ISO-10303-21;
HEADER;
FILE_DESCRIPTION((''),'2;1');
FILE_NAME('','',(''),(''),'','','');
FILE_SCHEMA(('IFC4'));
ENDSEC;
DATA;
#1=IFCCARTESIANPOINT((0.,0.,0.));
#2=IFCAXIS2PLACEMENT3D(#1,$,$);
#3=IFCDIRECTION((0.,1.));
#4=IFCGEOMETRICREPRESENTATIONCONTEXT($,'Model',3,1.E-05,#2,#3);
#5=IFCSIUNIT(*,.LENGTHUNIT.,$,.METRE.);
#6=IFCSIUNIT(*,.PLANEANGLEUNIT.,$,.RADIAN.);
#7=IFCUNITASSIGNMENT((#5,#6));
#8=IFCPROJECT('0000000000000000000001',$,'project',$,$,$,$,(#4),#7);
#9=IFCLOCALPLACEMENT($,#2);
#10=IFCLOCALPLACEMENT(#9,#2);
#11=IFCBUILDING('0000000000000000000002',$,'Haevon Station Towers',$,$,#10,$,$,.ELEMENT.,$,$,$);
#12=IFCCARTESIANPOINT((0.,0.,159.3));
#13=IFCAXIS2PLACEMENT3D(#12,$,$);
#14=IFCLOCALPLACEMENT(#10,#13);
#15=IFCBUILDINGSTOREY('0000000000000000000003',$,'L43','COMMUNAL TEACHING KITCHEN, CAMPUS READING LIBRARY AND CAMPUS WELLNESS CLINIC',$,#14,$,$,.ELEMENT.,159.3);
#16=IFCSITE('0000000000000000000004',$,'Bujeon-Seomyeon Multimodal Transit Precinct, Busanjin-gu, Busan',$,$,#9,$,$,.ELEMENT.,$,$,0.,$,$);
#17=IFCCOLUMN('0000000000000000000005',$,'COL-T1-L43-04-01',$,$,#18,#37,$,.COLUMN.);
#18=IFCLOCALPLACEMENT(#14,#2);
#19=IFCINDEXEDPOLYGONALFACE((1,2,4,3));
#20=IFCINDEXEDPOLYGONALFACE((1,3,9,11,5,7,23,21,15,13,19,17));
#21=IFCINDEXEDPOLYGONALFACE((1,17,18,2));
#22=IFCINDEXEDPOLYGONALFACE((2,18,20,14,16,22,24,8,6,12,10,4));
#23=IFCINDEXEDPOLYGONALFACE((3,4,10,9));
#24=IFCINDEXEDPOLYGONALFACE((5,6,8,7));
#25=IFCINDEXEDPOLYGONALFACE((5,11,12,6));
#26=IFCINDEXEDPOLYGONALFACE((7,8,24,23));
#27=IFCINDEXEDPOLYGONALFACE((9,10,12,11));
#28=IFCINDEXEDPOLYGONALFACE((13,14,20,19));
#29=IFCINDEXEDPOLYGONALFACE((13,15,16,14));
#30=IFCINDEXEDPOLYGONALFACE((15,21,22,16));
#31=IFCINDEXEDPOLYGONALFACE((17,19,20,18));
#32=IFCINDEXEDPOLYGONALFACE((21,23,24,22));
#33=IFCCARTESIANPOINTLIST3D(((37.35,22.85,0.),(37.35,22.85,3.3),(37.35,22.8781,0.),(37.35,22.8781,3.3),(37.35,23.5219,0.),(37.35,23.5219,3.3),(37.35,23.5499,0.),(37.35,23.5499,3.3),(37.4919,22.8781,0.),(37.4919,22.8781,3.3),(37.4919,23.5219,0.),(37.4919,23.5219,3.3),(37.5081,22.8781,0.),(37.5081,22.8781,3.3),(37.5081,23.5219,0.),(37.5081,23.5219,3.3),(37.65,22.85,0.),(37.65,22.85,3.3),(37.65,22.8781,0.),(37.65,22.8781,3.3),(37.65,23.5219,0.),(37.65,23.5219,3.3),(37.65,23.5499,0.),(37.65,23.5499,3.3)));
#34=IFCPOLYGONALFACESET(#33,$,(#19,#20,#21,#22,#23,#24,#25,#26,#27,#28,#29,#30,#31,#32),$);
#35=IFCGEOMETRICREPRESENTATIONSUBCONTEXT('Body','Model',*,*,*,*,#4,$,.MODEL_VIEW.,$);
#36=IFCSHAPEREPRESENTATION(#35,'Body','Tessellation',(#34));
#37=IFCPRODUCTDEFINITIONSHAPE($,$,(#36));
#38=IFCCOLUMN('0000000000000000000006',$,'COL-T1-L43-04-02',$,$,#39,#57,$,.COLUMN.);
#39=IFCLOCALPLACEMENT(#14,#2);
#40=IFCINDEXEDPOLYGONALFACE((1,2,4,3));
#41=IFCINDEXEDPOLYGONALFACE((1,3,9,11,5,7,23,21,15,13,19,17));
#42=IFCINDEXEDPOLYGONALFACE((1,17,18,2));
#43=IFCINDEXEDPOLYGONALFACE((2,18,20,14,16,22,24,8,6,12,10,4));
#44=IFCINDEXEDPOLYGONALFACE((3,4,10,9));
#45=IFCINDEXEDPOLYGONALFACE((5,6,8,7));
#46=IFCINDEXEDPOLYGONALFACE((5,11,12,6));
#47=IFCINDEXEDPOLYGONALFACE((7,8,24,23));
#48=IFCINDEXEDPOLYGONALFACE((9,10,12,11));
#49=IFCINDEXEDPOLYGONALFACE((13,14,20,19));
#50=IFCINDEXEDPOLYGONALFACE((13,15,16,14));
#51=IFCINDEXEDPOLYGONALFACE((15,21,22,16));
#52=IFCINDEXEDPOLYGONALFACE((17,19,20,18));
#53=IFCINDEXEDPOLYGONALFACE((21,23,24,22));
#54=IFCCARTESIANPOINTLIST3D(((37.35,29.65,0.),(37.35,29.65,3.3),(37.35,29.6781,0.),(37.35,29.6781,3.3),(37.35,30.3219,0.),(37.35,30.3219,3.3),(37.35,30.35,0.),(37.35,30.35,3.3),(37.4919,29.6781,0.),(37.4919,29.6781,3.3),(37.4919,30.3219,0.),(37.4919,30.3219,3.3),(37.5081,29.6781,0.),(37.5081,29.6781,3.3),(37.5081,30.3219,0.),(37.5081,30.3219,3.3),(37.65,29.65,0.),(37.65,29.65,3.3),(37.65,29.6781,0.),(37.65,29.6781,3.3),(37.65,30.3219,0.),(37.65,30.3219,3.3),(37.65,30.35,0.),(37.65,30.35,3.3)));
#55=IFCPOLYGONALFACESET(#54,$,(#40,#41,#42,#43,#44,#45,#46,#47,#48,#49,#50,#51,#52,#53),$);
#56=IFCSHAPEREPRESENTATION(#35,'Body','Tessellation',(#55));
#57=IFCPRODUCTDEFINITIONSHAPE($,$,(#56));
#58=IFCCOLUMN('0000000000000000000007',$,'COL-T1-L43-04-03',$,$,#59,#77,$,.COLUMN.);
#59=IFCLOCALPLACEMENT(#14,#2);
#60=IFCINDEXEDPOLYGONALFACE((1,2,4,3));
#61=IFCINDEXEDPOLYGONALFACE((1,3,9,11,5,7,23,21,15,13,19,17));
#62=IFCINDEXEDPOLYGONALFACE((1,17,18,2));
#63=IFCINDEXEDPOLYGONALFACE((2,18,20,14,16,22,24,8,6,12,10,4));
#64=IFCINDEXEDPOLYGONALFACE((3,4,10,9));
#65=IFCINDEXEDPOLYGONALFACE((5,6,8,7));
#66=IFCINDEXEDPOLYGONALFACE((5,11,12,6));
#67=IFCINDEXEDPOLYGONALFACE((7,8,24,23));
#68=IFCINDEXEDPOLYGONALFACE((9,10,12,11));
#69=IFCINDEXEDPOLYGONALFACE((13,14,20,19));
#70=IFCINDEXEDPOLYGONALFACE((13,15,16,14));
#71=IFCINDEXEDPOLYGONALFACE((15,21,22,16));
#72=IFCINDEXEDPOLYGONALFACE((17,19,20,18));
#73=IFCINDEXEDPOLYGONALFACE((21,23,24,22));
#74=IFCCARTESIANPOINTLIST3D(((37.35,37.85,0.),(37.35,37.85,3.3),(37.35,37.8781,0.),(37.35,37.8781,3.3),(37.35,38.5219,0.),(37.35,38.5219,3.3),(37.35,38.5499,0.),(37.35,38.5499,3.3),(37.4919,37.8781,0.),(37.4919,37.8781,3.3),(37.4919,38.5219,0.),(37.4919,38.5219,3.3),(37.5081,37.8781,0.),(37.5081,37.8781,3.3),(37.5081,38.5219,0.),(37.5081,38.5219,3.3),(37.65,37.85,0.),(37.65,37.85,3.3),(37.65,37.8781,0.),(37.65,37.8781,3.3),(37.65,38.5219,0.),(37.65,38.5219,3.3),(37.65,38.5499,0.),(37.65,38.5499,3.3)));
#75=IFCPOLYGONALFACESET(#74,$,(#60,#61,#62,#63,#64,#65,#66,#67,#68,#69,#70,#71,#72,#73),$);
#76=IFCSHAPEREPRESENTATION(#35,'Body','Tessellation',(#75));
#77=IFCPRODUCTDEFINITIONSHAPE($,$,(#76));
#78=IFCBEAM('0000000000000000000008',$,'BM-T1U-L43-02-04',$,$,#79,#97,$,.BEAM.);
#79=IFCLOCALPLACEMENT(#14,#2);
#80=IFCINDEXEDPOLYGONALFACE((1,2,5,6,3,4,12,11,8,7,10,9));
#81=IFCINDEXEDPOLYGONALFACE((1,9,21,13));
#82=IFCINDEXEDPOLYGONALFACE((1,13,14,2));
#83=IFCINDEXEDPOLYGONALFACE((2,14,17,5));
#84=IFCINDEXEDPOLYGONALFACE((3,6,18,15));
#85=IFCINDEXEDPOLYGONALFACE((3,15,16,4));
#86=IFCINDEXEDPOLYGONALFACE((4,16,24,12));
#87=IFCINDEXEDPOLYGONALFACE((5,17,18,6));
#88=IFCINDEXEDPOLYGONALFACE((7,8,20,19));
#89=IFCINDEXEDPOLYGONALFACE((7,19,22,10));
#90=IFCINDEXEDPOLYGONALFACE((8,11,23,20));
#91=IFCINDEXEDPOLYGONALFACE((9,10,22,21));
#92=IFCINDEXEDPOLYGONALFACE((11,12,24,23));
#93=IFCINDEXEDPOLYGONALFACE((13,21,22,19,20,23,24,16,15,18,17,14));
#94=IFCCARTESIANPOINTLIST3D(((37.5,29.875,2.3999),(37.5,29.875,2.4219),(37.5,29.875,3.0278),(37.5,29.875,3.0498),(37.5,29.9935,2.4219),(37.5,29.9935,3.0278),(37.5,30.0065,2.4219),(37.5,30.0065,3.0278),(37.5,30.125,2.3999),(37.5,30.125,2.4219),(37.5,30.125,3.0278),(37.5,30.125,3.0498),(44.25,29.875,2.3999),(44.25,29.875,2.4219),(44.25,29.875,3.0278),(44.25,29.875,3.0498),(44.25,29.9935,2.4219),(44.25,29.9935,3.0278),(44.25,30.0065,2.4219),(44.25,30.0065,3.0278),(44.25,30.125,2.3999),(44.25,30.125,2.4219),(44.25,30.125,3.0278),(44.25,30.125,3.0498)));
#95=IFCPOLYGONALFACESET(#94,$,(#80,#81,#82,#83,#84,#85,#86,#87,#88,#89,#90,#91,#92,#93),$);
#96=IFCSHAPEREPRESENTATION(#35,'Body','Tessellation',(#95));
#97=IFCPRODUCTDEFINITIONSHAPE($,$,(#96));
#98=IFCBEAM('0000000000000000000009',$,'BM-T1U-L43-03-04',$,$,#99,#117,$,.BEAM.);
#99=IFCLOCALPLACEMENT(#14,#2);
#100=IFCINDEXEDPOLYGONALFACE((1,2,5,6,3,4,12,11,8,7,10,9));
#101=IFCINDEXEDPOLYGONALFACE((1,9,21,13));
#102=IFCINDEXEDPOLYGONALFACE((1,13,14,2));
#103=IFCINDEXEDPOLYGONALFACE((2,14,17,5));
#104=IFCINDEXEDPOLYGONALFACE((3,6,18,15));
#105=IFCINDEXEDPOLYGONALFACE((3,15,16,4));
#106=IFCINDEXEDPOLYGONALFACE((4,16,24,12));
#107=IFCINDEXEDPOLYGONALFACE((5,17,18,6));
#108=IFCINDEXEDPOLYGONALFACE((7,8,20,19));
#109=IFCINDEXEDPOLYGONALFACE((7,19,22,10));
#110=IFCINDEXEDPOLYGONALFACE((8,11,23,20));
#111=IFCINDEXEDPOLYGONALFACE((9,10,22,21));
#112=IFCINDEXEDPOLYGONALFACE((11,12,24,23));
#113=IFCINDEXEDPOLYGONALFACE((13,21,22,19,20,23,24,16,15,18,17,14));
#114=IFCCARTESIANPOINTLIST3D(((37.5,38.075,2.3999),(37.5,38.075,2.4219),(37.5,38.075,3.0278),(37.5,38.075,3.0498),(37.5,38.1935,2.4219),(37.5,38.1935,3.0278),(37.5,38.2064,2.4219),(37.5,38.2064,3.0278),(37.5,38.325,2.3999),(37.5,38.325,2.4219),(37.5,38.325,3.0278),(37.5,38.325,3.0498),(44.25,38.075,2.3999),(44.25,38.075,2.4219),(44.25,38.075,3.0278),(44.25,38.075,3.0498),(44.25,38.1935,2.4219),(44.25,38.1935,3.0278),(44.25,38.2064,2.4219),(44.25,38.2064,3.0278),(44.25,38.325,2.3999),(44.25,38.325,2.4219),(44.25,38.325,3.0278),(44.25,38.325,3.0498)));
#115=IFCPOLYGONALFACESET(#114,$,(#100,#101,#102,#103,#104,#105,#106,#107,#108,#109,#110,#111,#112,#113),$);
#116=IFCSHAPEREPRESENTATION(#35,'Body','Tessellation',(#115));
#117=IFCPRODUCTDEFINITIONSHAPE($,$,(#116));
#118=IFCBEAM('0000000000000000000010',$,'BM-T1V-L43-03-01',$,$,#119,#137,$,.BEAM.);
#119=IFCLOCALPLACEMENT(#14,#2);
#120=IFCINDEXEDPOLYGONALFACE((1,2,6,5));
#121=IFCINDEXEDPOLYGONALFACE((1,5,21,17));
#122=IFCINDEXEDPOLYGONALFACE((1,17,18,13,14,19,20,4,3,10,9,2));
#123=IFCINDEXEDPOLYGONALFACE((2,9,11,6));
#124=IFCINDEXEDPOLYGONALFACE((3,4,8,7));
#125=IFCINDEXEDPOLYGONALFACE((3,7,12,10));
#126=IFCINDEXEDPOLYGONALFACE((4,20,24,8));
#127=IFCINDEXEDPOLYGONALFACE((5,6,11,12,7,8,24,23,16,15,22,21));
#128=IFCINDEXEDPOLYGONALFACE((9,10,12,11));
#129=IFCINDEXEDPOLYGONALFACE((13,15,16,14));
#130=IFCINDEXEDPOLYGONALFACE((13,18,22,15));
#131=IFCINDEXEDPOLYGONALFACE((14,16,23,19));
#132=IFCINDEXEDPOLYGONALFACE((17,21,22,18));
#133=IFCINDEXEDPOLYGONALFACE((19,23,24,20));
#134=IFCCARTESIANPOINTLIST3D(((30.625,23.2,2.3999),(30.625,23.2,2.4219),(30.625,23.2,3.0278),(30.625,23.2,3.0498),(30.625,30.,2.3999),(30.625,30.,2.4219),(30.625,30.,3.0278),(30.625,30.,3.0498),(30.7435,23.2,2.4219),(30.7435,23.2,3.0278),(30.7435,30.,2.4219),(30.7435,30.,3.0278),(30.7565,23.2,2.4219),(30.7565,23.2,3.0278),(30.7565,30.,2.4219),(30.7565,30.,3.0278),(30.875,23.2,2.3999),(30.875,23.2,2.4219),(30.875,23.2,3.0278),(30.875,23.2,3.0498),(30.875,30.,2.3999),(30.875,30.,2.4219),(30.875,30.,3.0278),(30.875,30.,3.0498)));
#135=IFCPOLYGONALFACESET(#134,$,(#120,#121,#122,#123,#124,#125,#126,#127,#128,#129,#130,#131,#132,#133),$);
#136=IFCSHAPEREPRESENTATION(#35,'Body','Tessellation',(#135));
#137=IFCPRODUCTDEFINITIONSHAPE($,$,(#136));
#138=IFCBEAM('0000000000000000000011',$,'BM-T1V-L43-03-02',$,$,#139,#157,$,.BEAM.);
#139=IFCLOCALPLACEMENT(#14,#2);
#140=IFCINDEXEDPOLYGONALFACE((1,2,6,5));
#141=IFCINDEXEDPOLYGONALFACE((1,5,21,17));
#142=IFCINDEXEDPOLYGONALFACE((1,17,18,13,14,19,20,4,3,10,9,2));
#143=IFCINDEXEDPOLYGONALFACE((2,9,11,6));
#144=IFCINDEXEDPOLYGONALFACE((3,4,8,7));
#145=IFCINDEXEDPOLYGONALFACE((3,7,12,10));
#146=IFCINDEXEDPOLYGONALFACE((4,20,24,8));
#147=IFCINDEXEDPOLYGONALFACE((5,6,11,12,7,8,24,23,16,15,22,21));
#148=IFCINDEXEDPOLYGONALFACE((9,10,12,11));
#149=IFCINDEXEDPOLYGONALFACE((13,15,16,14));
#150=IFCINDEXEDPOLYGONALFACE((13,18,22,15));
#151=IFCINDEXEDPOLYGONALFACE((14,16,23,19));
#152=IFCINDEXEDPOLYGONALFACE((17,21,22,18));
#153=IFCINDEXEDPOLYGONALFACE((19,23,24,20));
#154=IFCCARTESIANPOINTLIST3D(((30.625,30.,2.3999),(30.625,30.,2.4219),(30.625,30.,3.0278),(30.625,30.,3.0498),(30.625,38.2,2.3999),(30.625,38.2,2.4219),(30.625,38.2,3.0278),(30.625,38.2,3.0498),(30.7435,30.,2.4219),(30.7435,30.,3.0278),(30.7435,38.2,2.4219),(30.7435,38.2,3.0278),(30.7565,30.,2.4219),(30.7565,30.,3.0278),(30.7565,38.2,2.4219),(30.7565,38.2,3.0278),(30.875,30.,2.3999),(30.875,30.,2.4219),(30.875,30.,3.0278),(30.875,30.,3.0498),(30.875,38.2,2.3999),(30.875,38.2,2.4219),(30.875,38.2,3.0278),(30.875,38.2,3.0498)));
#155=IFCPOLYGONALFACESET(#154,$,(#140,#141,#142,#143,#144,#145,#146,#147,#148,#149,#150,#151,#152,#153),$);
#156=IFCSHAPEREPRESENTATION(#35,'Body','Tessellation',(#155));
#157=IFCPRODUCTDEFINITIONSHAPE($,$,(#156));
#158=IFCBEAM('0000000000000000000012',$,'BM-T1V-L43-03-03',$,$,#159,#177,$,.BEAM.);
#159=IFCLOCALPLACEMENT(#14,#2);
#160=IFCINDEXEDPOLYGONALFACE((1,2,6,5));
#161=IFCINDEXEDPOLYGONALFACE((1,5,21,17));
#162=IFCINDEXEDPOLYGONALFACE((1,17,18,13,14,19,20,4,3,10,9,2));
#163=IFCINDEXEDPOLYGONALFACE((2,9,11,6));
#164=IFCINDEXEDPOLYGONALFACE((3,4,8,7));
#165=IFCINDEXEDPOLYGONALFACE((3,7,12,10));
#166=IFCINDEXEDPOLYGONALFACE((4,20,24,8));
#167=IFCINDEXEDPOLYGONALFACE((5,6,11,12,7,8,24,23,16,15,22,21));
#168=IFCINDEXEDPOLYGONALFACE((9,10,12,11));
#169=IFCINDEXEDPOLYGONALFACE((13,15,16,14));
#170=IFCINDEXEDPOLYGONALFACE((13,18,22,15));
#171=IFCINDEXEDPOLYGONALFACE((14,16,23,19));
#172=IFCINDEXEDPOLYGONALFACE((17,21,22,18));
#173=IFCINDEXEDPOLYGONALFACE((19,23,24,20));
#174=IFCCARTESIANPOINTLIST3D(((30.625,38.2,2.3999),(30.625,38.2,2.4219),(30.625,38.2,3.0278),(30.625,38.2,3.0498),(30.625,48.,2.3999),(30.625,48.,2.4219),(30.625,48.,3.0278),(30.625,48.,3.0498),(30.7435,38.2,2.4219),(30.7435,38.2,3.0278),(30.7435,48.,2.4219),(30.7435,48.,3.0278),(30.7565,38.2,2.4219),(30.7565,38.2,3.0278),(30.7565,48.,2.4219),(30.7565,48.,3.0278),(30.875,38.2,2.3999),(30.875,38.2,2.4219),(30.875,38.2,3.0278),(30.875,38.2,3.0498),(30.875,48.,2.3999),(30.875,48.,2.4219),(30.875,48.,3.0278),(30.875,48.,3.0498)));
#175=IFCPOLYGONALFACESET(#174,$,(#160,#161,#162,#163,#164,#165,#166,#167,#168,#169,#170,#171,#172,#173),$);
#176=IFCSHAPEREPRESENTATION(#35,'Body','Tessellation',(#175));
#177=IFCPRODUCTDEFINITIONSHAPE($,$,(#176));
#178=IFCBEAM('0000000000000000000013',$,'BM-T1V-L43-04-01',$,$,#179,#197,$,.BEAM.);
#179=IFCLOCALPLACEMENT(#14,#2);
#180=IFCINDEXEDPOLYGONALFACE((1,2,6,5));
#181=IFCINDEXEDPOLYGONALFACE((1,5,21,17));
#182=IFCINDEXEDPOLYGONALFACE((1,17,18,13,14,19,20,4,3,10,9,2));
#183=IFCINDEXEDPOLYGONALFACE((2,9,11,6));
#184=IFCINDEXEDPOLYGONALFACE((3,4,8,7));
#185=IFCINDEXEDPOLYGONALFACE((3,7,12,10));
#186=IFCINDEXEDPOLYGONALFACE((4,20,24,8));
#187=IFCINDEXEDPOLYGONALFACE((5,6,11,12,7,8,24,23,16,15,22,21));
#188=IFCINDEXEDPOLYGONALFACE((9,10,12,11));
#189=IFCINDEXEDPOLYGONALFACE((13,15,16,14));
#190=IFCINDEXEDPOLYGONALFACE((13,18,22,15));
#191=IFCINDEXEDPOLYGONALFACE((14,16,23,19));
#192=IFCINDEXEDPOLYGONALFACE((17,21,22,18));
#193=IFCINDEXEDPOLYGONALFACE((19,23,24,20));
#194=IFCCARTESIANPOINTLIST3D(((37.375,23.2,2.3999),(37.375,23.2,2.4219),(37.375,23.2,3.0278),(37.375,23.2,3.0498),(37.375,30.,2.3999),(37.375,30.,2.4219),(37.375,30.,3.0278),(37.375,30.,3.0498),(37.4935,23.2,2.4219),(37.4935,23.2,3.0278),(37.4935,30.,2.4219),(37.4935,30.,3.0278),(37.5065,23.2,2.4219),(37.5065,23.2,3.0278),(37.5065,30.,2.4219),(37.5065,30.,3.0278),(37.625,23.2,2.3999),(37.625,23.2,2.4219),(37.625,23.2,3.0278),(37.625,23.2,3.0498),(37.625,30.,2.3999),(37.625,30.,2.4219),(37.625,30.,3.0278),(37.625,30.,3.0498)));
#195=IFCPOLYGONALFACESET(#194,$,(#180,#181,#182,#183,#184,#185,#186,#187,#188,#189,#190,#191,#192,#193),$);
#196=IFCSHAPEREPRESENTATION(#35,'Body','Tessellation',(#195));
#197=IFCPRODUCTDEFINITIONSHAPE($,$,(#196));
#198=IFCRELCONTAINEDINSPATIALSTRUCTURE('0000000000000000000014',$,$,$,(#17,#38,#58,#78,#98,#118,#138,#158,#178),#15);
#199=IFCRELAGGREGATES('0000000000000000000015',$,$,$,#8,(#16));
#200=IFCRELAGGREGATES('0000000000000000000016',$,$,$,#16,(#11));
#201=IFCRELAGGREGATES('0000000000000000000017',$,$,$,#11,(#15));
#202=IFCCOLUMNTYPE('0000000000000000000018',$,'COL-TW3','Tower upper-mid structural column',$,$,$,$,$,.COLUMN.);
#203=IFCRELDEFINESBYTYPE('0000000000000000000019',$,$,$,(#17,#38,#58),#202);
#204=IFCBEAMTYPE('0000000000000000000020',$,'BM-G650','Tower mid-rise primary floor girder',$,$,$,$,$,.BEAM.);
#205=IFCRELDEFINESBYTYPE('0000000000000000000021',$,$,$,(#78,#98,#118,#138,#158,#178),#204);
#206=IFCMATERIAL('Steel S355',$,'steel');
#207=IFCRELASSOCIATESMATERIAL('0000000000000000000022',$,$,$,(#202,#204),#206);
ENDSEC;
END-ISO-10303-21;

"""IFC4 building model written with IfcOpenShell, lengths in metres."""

from ifc_helpers import new_model, si_unit, direction, frame, origin, origin_2d, place, context, subcontext, project, spatial, i_section, extrude, material, material_profile, profile_set, type_object, element, save


model = new_model("IFC4")

# Units and contexts
model_context = context("Model", 3, precision=1e-05, world=origin(), true_north=direction((0.0, 1.0)))
body_context = subcontext(model_context, "Body", "Model", "MODEL_VIEW")
ifc_project = project(units=[si_unit("LENGTHUNIT", "METRE"), si_unit("PLANEANGLEUNIT", "RADIAN")], contexts=[model_context])

# Site, building, storey
site_placement = place(None, origin())
site = spatial("IfcSite", under=ifc_project, at=site_placement, Name="Bujeon-Seomyeon Multimodal Transit Precinct, Busanjin-gu, Busan", CompositionType="ELEMENT", RefElevation=0.0)
building_placement = place(site_placement, origin())
building = spatial("IfcBuilding", under=site, at=building_placement, Name="Haevon Station Towers", CompositionType="ELEMENT")
storey_placement = place(building_placement, frame((0.0, 0.0, 159.3)))
storey = spatial("IfcBuildingStorey", under=building, at=storey_placement, Name="L43", Description="COMMUNAL TEACHING KITCHEN, CAMPUS READING LIBRARY AND CAMPUS WELLNESS CLINIC", CompositionType="ELEMENT", Elevation=159.3)

# Columns
ifc_material_1 = material(Name="Steel S355", Category="steel")
ifc_material_profile_1 = material_profile(ifc_material_1, i_section(OverallWidth=0.3, OverallDepth=0.7, WebThickness=0.0161, FlangeThickness=0.0281, at=origin_2d()), Name="H-700x300x16x28")
ifc_profile_set_1 = profile_set([ifc_material_profile_1], Name="Steel S355")
column_type = type_object("IfcColumnType", Name="COL-TW3", Description="Tower upper-mid structural column", PredefinedType="COLUMN", material=ifc_profile_set_1)
for number, where, z_axis, x_axis, name in (
    (1, (37.5, 23.2, 0.0), (0.0, 0.0, 1.0), (1.0, 0.0, 0.0), "COL-T1-L43-04-01"),
    (2, (37.5, 30.0, 0.0), (0.0, 0.0, 1.0), (1.0, 0.0, 0.0), "COL-T1-L43-04-02"),
    (3, (37.5, 38.2, 0.0), (0.0, 0.0, 1.0), (1.0, 0.0, 0.0), "COL-T1-L43-04-03"),
):
    element("IfcColumn", number, at=place(storey_placement, frame(where, z_axis=z_axis, x_axis=x_axis)), inside=storey, type_object=column_type, Name=name, PredefinedType="COLUMN", context=body_context, shape_type="SweptSolid", body=[
        extrude(i_section(OverallWidth=0.3, OverallDepth=0.7, WebThickness=0.0161, FlangeThickness=0.0281, at=origin_2d()), origin(), (0.0, 0.0, 1.0), 3.3),
    ])

# Beams
ifc_material_profile_2 = material_profile(ifc_material_1, i_section(OverallWidth=0.25, OverallDepth=0.6499, WebThickness=0.0129, FlangeThickness=0.022, at=origin_2d()), Name="H-650x250x13x22")
ifc_profile_set_2 = profile_set([ifc_material_profile_2], Name="Steel S355")
beam_type_1 = type_object("IfcBeamType", Name="BM-G650", Description="Tower mid-rise primary floor girder", PredefinedType="BEAM", material=ifc_profile_set_2)
for number, where, z_axis, x_axis, name in (
    (4, (37.5, 30.0, 2.7249), (1.0, 0.0, 0.0), (0.0, 1.0, 0.0), "BM-T1U-L43-02-04"),
    (5, (37.5, 38.2, 2.7249), (1.0, 0.0, 0.0), (0.0, 1.0, 0.0), "BM-T1U-L43-03-04"),
):
    element("IfcBeam", number, at=place(storey_placement, frame(where, z_axis=z_axis, x_axis=x_axis)), inside=storey, type_object=beam_type_1, Name=name, PredefinedType="BEAM", context=body_context, shape_type="SweptSolid", body=[
        extrude(i_section(OverallWidth=0.25, OverallDepth=0.6499, WebThickness=0.0129, FlangeThickness=0.022, at=origin_2d()), origin(), (0.0, 0.0, 1.0), 6.75),
    ])
beam_1_placement = place(storey_placement, frame((30.75, 23.2, 2.7249), z_axis=(0.0, 1.0, 0.0), x_axis=(-1.0, 0.0, 0.0)))
element("IfcBeam", 6, at=beam_1_placement, inside=storey, type_object=beam_type_1, Name="BM-T1V-L43-03-01", PredefinedType="BEAM", context=body_context, shape_type="SweptSolid", body=[
    extrude(i_section(OverallWidth=0.25, OverallDepth=0.6499, WebThickness=0.0129, FlangeThickness=0.022, at=origin_2d()), origin(), (0.0, 0.0, 1.0), 6.8),
])
beam_2_placement = place(storey_placement, frame((30.75, 30.0, 2.7249), z_axis=(0.0, 1.0, 0.0), x_axis=(-1.0, 0.0, 0.0)))
element("IfcBeam", 7, at=beam_2_placement, inside=storey, type_object=beam_type_1, Name="BM-T1V-L43-03-02", PredefinedType="BEAM", context=body_context, shape_type="SweptSolid", body=[
    extrude(i_section(OverallWidth=0.25, OverallDepth=0.6499, WebThickness=0.0129, FlangeThickness=0.022, at=origin_2d()), origin(), (0.0, 0.0, 1.0), 8.2),
])
beam_3_placement = place(storey_placement, frame((30.75, 38.2, 2.7249), z_axis=(0.0, 1.0, 0.0), x_axis=(-1.0, 0.0, 0.0)))
element("IfcBeam", 8, at=beam_3_placement, inside=storey, type_object=beam_type_1, Name="BM-T1V-L43-03-03", PredefinedType="BEAM", context=body_context, shape_type="SweptSolid", body=[
    extrude(i_section(OverallWidth=0.25, OverallDepth=0.6499, WebThickness=0.0129, FlangeThickness=0.022, at=origin_2d()), origin(), (0.0, 0.0, 1.0), 9.8),
])
beam_4_placement = place(storey_placement, frame((37.5, 23.2, 2.7249), z_axis=(0.0, 1.0, 0.0), x_axis=(-1.0, 0.0, 0.0)))
element("IfcBeam", 9, at=beam_4_placement, inside=storey, type_object=beam_type_1, Name="BM-T1V-L43-04-01", PredefinedType="BEAM", context=body_context, shape_type="SweptSolid", body=[
    extrude(i_section(OverallWidth=0.25, OverallDepth=0.6499, WebThickness=0.0129, FlangeThickness=0.022, at=origin_2d()), origin(), (0.0, 0.0, 1.0), 6.8),
])

save(model, "model.ifc")
